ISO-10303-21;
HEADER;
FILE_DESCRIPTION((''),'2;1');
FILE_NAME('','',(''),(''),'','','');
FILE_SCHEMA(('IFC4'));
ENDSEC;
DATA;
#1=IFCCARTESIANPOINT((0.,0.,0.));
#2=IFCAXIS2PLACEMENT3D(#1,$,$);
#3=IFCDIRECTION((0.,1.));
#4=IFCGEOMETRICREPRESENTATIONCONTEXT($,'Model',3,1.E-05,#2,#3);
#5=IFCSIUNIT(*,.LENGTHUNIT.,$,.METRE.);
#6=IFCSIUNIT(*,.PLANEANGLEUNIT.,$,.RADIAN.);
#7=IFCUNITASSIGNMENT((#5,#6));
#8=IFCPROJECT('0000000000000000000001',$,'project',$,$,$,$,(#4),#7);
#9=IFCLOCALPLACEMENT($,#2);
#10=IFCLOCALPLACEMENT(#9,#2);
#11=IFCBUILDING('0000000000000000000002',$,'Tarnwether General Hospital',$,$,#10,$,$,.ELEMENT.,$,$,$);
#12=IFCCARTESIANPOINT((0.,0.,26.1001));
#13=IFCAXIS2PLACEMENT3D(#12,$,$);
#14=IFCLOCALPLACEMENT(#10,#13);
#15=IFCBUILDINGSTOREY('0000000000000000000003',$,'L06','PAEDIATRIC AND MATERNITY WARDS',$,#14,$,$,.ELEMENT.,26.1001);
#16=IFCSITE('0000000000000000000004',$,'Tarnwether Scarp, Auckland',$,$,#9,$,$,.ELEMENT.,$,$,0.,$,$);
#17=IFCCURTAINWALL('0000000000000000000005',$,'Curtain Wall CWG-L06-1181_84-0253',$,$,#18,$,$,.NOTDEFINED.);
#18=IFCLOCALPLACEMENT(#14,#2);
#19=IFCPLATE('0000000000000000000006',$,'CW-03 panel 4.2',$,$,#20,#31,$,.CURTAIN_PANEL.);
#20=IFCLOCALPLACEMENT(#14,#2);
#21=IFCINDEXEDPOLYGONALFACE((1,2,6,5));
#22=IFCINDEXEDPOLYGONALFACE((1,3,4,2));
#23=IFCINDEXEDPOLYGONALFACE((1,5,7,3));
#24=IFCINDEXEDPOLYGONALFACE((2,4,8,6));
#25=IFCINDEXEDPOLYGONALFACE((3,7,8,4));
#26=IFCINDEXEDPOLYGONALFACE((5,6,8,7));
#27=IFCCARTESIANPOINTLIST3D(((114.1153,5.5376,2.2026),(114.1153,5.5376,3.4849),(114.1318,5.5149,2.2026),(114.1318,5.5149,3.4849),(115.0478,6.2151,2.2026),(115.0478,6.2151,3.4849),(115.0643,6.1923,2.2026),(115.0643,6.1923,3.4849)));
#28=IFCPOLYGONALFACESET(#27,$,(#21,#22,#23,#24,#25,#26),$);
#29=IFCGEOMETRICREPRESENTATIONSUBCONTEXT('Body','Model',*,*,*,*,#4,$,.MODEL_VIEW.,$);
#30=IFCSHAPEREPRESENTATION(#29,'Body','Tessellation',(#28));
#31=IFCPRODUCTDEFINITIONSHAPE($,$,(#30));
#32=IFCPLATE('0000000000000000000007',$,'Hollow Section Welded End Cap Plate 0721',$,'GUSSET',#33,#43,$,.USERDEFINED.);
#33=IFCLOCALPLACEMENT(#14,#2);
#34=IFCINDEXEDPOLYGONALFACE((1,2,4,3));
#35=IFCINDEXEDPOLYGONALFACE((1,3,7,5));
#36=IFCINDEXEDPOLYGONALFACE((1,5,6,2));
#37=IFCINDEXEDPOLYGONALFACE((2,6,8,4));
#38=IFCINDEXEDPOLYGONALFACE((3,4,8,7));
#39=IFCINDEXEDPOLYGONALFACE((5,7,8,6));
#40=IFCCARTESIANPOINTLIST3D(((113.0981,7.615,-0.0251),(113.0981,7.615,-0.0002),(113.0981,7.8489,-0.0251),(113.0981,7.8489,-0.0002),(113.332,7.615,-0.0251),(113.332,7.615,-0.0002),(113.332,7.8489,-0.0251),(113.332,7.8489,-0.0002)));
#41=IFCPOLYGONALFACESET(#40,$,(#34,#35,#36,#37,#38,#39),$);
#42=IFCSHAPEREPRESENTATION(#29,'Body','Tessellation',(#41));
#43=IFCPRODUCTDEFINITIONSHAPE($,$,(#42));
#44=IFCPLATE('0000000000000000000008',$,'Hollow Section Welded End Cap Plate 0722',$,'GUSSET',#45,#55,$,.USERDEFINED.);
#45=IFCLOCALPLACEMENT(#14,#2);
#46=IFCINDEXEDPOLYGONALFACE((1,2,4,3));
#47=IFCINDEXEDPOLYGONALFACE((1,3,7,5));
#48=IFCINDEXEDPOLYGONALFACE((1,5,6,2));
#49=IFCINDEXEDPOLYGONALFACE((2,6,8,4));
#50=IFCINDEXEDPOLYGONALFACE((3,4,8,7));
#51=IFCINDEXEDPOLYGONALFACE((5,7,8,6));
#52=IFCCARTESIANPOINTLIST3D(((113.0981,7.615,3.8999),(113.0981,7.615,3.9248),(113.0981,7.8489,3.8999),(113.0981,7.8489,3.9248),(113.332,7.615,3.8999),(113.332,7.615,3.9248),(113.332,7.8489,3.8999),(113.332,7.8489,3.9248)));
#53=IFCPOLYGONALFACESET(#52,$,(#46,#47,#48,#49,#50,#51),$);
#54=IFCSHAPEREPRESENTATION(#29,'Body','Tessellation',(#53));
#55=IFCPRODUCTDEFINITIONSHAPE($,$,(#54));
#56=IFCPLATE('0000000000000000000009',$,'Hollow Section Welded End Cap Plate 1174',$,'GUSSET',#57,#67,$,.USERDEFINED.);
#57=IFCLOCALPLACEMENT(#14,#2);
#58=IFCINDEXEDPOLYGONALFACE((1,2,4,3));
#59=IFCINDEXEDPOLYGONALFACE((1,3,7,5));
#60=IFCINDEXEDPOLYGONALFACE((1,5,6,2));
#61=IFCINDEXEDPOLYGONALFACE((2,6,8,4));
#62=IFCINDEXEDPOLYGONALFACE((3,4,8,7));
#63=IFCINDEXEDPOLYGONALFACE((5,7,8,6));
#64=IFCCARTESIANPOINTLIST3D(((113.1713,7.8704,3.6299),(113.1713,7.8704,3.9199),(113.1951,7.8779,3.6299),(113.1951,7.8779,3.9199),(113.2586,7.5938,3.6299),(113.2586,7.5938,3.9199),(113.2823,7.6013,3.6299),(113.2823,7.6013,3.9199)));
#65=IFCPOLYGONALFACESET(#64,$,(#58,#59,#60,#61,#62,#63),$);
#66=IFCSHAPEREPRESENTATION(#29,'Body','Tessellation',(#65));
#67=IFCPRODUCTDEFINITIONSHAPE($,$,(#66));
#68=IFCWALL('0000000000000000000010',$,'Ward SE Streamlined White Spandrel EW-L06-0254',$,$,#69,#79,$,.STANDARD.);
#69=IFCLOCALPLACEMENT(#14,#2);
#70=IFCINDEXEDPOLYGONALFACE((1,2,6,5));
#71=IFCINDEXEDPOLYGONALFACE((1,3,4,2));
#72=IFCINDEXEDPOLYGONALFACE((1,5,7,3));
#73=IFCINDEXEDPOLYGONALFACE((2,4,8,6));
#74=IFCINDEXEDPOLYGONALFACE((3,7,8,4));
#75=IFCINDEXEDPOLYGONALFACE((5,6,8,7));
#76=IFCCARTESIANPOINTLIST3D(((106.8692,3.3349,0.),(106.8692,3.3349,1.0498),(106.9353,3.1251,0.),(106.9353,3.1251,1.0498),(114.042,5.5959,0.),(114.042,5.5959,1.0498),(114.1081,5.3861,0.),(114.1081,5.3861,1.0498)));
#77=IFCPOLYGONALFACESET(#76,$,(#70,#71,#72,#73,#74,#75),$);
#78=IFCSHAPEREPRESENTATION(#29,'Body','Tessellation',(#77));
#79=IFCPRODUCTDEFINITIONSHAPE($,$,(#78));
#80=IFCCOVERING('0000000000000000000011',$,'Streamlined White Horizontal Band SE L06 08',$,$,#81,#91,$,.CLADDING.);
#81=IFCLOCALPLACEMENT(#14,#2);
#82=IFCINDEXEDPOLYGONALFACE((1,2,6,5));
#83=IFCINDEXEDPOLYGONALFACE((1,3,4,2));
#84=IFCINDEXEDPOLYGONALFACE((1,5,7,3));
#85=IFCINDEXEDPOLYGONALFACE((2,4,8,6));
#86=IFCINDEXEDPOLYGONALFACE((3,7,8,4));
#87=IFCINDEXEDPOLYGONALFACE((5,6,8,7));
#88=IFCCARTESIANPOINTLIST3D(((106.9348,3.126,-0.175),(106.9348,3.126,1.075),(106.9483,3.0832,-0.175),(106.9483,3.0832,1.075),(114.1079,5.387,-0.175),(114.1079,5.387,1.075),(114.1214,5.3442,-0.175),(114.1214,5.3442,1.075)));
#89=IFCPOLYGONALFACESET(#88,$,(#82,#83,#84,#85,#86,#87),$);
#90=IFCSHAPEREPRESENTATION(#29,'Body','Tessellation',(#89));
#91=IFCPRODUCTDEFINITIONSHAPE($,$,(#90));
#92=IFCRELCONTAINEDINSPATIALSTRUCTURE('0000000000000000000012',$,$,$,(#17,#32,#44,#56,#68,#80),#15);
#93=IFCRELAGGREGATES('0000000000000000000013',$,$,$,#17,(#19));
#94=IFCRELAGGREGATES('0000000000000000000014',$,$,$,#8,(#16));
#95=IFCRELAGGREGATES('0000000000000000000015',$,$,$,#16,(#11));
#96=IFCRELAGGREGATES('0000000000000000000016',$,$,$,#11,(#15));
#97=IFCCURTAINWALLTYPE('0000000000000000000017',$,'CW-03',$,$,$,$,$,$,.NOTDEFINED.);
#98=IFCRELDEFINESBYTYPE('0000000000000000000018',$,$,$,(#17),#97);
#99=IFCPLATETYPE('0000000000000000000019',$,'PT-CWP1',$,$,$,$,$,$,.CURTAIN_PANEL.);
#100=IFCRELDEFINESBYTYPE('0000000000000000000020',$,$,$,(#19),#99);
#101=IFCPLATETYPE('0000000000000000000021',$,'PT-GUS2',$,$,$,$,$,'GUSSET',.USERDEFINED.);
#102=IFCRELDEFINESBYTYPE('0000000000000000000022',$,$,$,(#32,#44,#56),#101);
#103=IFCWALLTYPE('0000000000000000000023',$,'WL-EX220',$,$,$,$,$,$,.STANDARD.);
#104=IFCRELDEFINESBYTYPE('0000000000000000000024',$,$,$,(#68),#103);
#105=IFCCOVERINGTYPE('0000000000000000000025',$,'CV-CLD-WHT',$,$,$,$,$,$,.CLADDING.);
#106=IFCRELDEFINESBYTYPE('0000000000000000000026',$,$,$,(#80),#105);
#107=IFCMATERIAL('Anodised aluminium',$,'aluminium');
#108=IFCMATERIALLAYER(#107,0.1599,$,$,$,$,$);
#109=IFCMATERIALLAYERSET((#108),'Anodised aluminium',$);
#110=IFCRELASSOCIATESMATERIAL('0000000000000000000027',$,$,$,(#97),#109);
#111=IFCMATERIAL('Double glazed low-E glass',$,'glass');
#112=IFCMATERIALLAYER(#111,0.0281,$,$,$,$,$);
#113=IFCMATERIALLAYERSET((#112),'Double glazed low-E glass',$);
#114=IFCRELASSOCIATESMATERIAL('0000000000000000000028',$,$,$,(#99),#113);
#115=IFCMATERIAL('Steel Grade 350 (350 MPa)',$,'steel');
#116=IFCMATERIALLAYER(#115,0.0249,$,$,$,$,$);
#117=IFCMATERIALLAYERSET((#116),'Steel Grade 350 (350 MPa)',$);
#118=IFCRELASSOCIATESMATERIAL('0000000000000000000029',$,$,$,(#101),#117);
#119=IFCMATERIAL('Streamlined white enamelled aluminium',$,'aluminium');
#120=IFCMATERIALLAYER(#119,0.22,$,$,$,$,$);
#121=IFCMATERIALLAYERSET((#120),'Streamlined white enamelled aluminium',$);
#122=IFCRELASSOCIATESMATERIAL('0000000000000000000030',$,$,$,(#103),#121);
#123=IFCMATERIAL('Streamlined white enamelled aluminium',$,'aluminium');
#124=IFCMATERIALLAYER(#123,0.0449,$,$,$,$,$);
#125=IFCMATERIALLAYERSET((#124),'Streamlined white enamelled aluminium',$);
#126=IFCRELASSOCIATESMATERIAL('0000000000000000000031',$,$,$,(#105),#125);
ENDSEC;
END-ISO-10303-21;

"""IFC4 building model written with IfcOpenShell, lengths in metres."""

from ifc_helpers import new_model, si_unit, direction, frame, frame_2d, origin, origin_2d, place, context, subcontext, project, spatial, rectangle, extrude, material, layer, layer_set, type_object, element, aggregate, save


model = new_model("IFC4")

# Units and contexts
model_context = context("Model", 3, precision=1e-05, world=origin(), true_north=direction((0.0, 1.0)))
body_context = subcontext(model_context, "Body", "Model", "MODEL_VIEW")
ifc_project = project(units=[si_unit("LENGTHUNIT", "METRE"), si_unit("PLANEANGLEUNIT", "RADIAN")], contexts=[model_context])

# Site, building, storey
site_placement = place(None, origin())
site = spatial("IfcSite", under=ifc_project, at=site_placement, Name="Tarnwether Scarp, Auckland", CompositionType="ELEMENT", RefElevation=0.0)
building_placement = place(site_placement, origin())
building = spatial("IfcBuilding", under=site, at=building_placement, Name="Tarnwether General Hospital", CompositionType="ELEMENT")
storey_placement = place(building_placement, frame((0.0, 0.0, 26.1001)))
storey = spatial("IfcBuildingStorey", under=building, at=storey_placement, Name="L06", Description="PAEDIATRIC AND MATERNITY WARDS", CompositionType="ELEMENT", Elevation=26.1001)

# Curtain wall
ifc_material_1 = material(Name="Anodised aluminium", Category="aluminium")
ifc_layer_1 = layer(ifc_material_1, 0.1599)
ifc_layer_set_1 = layer_set([ifc_layer_1], Name="Anodised aluminium")
curtain_wall_type_1 = type_object("IfcCurtainWallType", Name="CW-03", PredefinedType="NOTDEFINED", material=ifc_layer_set_1)
curtain_wall_1_placement = place(storey_placement, origin())
curtain_wall_1 = element("IfcCurtainWall", 1, at=curtain_wall_1_placement, inside=storey, type_object=curtain_wall_type_1, Name="Curtain Wall CWG-L06-1181_84-0253", PredefinedType="NOTDEFINED")

# Plate
ifc_material_2 = material(Name="Double glazed low-E glass", Category="glass")
ifc_layer_2 = layer(ifc_material_2, 0.0281)
ifc_layer_set_2 = layer_set([ifc_layer_2], Name="Double glazed low-E glass")
plate_type_1 = type_object("IfcPlateType", Name="PT-CWP1", PredefinedType="CURTAIN_PANEL", material=ifc_layer_set_2)
plate_1_placement = place(storey_placement, frame((114.5898, 5.865, 2.2026), z_axis=(0.0, 0.0, 1.0), x_axis=(-0.809058, -0.587729, 0.0)))
plate_1 = element("IfcPlate", 2, at=plate_1_placement, type_object=plate_type_1, Name="CW-03 panel 4.2", PredefinedType="CURTAIN_PANEL", context=body_context, shape_type="SweptSolid", body=[
    extrude(rectangle(XDim=1.1526, YDim=0.0281, at=origin_2d()), origin(), (0.0, 0.0, 1.0), 1.2822),
])
aggregate(curtain_wall_1, [plate_1])

# Plates
ifc_material_3 = material(Name="Steel Grade 350 (350 MPa)", Category="steel")
ifc_layer_3 = layer(ifc_material_3, 0.0249)
ifc_layer_set_3 = layer_set([ifc_layer_3], Name="Steel Grade 350 (350 MPa)")
plate_type_2 = type_object("IfcPlateType", Name="PT-GUS2", ElementType="GUSSET", PredefinedType="USERDEFINED", material=ifc_layer_set_3)
for number, where, z_axis, x_axis, name in (
    (3, (113.2151, 7.7319, -0.0251), (0.0, 0.0, 1.0), (1.0, 0.0, 0.0), "Hollow Section Welded End Cap Plate 0721"),
    (4, (113.2151, 7.7319, 3.8999), (0.0, 0.0, 1.0), (1.0, 0.0, 0.0), "Hollow Section Welded End Cap Plate 0722"),
):
    element("IfcPlate", number, at=place(storey_placement, frame(where, z_axis=z_axis, x_axis=x_axis)), inside=storey, type_object=plate_type_2, Name=name, ObjectType="GUSSET", PredefinedType="USERDEFINED", context=body_context, shape_type="SweptSolid", body=[
        extrude(rectangle(XDim=0.2339, YDim=0.2339, at=origin_2d()), origin(), (0.0, 0.0, 1.0), 0.0249),
    ])
plate_2_placement = place(storey_placement, frame((113.2268, 7.7358, 3.6299), z_axis=(0.0, 0.0, 1.0), x_axis=(0.953691, 0.300789, 0.0)))
element("IfcPlate", 5, at=plate_2_placement, inside=storey, type_object=plate_type_2, Name="Hollow Section Welded End Cap Plate 1174", ObjectType="GUSSET", PredefinedType="USERDEFINED", context=body_context, shape_type="SweptSolid", body=[
    extrude(rectangle(XDim=0.0249, YDim=0.29, at=origin_2d()), origin(), (0.0, 0.0, 1.0), 0.29),
])

# Wall
ifc_material_4 = material(Name="Streamlined white enamelled aluminium", Category="aluminium")
ifc_layer_4 = layer(ifc_material_4, 0.22)
ifc_layer_set_4 = layer_set([ifc_layer_4], Name="Streamlined white enamelled aluminium")
wall_type = type_object("IfcWallType", Name="WL-EX220", PredefinedType="STANDARD", material=ifc_layer_set_4)
wall_placement = place(storey_placement, frame((114.075, 5.491, 0.0), z_axis=(0.0, 0.0, 1.0), x_axis=(-0.95374, -0.300633, 0.0)))
element("IfcWall", 6, at=wall_placement, inside=storey, type_object=wall_type, Name="Ward SE Streamlined White Spandrel EW-L06-0254", PredefinedType="STANDARD", context=body_context, shape_type="SweptSolid", body=[
    extrude(rectangle(XDim=7.5208, YDim=0.22, at=frame_2d((3.7603, 0.0))), origin(), (0.0, 0.0, 1.0), 1.0498),
])

# Covering
ifc_material_5 = material(Name="Streamlined white enamelled aluminium", Category="aluminium")
ifc_layer_5 = layer(ifc_material_5, 0.0449)
ifc_layer_set_5 = layer_set([ifc_layer_5], Name="Streamlined white enamelled aluminium")
covering_type = type_object("IfcCoveringType", Name="CV-CLD-WHT", PredefinedType="CLADDING", material=ifc_layer_set_5)
covering_placement = place(storey_placement, frame((110.5281, 4.2351, -0.175), z_axis=(0.0, 0.0, 1.0), x_axis=(-0.953743, -0.300623, 0.0)))
element("IfcCovering", 7, at=covering_placement, inside=storey, type_object=covering_type, Name="Streamlined White Horizontal Band SE L06 08", PredefinedType="CLADDING", context=body_context, shape_type="SweptSolid", body=[
    extrude(rectangle(XDim=7.521, YDim=0.0449, at=origin_2d()), origin(), (0.0, 0.0, 1.0), 1.25),
])

save(model, "model.ifc")
